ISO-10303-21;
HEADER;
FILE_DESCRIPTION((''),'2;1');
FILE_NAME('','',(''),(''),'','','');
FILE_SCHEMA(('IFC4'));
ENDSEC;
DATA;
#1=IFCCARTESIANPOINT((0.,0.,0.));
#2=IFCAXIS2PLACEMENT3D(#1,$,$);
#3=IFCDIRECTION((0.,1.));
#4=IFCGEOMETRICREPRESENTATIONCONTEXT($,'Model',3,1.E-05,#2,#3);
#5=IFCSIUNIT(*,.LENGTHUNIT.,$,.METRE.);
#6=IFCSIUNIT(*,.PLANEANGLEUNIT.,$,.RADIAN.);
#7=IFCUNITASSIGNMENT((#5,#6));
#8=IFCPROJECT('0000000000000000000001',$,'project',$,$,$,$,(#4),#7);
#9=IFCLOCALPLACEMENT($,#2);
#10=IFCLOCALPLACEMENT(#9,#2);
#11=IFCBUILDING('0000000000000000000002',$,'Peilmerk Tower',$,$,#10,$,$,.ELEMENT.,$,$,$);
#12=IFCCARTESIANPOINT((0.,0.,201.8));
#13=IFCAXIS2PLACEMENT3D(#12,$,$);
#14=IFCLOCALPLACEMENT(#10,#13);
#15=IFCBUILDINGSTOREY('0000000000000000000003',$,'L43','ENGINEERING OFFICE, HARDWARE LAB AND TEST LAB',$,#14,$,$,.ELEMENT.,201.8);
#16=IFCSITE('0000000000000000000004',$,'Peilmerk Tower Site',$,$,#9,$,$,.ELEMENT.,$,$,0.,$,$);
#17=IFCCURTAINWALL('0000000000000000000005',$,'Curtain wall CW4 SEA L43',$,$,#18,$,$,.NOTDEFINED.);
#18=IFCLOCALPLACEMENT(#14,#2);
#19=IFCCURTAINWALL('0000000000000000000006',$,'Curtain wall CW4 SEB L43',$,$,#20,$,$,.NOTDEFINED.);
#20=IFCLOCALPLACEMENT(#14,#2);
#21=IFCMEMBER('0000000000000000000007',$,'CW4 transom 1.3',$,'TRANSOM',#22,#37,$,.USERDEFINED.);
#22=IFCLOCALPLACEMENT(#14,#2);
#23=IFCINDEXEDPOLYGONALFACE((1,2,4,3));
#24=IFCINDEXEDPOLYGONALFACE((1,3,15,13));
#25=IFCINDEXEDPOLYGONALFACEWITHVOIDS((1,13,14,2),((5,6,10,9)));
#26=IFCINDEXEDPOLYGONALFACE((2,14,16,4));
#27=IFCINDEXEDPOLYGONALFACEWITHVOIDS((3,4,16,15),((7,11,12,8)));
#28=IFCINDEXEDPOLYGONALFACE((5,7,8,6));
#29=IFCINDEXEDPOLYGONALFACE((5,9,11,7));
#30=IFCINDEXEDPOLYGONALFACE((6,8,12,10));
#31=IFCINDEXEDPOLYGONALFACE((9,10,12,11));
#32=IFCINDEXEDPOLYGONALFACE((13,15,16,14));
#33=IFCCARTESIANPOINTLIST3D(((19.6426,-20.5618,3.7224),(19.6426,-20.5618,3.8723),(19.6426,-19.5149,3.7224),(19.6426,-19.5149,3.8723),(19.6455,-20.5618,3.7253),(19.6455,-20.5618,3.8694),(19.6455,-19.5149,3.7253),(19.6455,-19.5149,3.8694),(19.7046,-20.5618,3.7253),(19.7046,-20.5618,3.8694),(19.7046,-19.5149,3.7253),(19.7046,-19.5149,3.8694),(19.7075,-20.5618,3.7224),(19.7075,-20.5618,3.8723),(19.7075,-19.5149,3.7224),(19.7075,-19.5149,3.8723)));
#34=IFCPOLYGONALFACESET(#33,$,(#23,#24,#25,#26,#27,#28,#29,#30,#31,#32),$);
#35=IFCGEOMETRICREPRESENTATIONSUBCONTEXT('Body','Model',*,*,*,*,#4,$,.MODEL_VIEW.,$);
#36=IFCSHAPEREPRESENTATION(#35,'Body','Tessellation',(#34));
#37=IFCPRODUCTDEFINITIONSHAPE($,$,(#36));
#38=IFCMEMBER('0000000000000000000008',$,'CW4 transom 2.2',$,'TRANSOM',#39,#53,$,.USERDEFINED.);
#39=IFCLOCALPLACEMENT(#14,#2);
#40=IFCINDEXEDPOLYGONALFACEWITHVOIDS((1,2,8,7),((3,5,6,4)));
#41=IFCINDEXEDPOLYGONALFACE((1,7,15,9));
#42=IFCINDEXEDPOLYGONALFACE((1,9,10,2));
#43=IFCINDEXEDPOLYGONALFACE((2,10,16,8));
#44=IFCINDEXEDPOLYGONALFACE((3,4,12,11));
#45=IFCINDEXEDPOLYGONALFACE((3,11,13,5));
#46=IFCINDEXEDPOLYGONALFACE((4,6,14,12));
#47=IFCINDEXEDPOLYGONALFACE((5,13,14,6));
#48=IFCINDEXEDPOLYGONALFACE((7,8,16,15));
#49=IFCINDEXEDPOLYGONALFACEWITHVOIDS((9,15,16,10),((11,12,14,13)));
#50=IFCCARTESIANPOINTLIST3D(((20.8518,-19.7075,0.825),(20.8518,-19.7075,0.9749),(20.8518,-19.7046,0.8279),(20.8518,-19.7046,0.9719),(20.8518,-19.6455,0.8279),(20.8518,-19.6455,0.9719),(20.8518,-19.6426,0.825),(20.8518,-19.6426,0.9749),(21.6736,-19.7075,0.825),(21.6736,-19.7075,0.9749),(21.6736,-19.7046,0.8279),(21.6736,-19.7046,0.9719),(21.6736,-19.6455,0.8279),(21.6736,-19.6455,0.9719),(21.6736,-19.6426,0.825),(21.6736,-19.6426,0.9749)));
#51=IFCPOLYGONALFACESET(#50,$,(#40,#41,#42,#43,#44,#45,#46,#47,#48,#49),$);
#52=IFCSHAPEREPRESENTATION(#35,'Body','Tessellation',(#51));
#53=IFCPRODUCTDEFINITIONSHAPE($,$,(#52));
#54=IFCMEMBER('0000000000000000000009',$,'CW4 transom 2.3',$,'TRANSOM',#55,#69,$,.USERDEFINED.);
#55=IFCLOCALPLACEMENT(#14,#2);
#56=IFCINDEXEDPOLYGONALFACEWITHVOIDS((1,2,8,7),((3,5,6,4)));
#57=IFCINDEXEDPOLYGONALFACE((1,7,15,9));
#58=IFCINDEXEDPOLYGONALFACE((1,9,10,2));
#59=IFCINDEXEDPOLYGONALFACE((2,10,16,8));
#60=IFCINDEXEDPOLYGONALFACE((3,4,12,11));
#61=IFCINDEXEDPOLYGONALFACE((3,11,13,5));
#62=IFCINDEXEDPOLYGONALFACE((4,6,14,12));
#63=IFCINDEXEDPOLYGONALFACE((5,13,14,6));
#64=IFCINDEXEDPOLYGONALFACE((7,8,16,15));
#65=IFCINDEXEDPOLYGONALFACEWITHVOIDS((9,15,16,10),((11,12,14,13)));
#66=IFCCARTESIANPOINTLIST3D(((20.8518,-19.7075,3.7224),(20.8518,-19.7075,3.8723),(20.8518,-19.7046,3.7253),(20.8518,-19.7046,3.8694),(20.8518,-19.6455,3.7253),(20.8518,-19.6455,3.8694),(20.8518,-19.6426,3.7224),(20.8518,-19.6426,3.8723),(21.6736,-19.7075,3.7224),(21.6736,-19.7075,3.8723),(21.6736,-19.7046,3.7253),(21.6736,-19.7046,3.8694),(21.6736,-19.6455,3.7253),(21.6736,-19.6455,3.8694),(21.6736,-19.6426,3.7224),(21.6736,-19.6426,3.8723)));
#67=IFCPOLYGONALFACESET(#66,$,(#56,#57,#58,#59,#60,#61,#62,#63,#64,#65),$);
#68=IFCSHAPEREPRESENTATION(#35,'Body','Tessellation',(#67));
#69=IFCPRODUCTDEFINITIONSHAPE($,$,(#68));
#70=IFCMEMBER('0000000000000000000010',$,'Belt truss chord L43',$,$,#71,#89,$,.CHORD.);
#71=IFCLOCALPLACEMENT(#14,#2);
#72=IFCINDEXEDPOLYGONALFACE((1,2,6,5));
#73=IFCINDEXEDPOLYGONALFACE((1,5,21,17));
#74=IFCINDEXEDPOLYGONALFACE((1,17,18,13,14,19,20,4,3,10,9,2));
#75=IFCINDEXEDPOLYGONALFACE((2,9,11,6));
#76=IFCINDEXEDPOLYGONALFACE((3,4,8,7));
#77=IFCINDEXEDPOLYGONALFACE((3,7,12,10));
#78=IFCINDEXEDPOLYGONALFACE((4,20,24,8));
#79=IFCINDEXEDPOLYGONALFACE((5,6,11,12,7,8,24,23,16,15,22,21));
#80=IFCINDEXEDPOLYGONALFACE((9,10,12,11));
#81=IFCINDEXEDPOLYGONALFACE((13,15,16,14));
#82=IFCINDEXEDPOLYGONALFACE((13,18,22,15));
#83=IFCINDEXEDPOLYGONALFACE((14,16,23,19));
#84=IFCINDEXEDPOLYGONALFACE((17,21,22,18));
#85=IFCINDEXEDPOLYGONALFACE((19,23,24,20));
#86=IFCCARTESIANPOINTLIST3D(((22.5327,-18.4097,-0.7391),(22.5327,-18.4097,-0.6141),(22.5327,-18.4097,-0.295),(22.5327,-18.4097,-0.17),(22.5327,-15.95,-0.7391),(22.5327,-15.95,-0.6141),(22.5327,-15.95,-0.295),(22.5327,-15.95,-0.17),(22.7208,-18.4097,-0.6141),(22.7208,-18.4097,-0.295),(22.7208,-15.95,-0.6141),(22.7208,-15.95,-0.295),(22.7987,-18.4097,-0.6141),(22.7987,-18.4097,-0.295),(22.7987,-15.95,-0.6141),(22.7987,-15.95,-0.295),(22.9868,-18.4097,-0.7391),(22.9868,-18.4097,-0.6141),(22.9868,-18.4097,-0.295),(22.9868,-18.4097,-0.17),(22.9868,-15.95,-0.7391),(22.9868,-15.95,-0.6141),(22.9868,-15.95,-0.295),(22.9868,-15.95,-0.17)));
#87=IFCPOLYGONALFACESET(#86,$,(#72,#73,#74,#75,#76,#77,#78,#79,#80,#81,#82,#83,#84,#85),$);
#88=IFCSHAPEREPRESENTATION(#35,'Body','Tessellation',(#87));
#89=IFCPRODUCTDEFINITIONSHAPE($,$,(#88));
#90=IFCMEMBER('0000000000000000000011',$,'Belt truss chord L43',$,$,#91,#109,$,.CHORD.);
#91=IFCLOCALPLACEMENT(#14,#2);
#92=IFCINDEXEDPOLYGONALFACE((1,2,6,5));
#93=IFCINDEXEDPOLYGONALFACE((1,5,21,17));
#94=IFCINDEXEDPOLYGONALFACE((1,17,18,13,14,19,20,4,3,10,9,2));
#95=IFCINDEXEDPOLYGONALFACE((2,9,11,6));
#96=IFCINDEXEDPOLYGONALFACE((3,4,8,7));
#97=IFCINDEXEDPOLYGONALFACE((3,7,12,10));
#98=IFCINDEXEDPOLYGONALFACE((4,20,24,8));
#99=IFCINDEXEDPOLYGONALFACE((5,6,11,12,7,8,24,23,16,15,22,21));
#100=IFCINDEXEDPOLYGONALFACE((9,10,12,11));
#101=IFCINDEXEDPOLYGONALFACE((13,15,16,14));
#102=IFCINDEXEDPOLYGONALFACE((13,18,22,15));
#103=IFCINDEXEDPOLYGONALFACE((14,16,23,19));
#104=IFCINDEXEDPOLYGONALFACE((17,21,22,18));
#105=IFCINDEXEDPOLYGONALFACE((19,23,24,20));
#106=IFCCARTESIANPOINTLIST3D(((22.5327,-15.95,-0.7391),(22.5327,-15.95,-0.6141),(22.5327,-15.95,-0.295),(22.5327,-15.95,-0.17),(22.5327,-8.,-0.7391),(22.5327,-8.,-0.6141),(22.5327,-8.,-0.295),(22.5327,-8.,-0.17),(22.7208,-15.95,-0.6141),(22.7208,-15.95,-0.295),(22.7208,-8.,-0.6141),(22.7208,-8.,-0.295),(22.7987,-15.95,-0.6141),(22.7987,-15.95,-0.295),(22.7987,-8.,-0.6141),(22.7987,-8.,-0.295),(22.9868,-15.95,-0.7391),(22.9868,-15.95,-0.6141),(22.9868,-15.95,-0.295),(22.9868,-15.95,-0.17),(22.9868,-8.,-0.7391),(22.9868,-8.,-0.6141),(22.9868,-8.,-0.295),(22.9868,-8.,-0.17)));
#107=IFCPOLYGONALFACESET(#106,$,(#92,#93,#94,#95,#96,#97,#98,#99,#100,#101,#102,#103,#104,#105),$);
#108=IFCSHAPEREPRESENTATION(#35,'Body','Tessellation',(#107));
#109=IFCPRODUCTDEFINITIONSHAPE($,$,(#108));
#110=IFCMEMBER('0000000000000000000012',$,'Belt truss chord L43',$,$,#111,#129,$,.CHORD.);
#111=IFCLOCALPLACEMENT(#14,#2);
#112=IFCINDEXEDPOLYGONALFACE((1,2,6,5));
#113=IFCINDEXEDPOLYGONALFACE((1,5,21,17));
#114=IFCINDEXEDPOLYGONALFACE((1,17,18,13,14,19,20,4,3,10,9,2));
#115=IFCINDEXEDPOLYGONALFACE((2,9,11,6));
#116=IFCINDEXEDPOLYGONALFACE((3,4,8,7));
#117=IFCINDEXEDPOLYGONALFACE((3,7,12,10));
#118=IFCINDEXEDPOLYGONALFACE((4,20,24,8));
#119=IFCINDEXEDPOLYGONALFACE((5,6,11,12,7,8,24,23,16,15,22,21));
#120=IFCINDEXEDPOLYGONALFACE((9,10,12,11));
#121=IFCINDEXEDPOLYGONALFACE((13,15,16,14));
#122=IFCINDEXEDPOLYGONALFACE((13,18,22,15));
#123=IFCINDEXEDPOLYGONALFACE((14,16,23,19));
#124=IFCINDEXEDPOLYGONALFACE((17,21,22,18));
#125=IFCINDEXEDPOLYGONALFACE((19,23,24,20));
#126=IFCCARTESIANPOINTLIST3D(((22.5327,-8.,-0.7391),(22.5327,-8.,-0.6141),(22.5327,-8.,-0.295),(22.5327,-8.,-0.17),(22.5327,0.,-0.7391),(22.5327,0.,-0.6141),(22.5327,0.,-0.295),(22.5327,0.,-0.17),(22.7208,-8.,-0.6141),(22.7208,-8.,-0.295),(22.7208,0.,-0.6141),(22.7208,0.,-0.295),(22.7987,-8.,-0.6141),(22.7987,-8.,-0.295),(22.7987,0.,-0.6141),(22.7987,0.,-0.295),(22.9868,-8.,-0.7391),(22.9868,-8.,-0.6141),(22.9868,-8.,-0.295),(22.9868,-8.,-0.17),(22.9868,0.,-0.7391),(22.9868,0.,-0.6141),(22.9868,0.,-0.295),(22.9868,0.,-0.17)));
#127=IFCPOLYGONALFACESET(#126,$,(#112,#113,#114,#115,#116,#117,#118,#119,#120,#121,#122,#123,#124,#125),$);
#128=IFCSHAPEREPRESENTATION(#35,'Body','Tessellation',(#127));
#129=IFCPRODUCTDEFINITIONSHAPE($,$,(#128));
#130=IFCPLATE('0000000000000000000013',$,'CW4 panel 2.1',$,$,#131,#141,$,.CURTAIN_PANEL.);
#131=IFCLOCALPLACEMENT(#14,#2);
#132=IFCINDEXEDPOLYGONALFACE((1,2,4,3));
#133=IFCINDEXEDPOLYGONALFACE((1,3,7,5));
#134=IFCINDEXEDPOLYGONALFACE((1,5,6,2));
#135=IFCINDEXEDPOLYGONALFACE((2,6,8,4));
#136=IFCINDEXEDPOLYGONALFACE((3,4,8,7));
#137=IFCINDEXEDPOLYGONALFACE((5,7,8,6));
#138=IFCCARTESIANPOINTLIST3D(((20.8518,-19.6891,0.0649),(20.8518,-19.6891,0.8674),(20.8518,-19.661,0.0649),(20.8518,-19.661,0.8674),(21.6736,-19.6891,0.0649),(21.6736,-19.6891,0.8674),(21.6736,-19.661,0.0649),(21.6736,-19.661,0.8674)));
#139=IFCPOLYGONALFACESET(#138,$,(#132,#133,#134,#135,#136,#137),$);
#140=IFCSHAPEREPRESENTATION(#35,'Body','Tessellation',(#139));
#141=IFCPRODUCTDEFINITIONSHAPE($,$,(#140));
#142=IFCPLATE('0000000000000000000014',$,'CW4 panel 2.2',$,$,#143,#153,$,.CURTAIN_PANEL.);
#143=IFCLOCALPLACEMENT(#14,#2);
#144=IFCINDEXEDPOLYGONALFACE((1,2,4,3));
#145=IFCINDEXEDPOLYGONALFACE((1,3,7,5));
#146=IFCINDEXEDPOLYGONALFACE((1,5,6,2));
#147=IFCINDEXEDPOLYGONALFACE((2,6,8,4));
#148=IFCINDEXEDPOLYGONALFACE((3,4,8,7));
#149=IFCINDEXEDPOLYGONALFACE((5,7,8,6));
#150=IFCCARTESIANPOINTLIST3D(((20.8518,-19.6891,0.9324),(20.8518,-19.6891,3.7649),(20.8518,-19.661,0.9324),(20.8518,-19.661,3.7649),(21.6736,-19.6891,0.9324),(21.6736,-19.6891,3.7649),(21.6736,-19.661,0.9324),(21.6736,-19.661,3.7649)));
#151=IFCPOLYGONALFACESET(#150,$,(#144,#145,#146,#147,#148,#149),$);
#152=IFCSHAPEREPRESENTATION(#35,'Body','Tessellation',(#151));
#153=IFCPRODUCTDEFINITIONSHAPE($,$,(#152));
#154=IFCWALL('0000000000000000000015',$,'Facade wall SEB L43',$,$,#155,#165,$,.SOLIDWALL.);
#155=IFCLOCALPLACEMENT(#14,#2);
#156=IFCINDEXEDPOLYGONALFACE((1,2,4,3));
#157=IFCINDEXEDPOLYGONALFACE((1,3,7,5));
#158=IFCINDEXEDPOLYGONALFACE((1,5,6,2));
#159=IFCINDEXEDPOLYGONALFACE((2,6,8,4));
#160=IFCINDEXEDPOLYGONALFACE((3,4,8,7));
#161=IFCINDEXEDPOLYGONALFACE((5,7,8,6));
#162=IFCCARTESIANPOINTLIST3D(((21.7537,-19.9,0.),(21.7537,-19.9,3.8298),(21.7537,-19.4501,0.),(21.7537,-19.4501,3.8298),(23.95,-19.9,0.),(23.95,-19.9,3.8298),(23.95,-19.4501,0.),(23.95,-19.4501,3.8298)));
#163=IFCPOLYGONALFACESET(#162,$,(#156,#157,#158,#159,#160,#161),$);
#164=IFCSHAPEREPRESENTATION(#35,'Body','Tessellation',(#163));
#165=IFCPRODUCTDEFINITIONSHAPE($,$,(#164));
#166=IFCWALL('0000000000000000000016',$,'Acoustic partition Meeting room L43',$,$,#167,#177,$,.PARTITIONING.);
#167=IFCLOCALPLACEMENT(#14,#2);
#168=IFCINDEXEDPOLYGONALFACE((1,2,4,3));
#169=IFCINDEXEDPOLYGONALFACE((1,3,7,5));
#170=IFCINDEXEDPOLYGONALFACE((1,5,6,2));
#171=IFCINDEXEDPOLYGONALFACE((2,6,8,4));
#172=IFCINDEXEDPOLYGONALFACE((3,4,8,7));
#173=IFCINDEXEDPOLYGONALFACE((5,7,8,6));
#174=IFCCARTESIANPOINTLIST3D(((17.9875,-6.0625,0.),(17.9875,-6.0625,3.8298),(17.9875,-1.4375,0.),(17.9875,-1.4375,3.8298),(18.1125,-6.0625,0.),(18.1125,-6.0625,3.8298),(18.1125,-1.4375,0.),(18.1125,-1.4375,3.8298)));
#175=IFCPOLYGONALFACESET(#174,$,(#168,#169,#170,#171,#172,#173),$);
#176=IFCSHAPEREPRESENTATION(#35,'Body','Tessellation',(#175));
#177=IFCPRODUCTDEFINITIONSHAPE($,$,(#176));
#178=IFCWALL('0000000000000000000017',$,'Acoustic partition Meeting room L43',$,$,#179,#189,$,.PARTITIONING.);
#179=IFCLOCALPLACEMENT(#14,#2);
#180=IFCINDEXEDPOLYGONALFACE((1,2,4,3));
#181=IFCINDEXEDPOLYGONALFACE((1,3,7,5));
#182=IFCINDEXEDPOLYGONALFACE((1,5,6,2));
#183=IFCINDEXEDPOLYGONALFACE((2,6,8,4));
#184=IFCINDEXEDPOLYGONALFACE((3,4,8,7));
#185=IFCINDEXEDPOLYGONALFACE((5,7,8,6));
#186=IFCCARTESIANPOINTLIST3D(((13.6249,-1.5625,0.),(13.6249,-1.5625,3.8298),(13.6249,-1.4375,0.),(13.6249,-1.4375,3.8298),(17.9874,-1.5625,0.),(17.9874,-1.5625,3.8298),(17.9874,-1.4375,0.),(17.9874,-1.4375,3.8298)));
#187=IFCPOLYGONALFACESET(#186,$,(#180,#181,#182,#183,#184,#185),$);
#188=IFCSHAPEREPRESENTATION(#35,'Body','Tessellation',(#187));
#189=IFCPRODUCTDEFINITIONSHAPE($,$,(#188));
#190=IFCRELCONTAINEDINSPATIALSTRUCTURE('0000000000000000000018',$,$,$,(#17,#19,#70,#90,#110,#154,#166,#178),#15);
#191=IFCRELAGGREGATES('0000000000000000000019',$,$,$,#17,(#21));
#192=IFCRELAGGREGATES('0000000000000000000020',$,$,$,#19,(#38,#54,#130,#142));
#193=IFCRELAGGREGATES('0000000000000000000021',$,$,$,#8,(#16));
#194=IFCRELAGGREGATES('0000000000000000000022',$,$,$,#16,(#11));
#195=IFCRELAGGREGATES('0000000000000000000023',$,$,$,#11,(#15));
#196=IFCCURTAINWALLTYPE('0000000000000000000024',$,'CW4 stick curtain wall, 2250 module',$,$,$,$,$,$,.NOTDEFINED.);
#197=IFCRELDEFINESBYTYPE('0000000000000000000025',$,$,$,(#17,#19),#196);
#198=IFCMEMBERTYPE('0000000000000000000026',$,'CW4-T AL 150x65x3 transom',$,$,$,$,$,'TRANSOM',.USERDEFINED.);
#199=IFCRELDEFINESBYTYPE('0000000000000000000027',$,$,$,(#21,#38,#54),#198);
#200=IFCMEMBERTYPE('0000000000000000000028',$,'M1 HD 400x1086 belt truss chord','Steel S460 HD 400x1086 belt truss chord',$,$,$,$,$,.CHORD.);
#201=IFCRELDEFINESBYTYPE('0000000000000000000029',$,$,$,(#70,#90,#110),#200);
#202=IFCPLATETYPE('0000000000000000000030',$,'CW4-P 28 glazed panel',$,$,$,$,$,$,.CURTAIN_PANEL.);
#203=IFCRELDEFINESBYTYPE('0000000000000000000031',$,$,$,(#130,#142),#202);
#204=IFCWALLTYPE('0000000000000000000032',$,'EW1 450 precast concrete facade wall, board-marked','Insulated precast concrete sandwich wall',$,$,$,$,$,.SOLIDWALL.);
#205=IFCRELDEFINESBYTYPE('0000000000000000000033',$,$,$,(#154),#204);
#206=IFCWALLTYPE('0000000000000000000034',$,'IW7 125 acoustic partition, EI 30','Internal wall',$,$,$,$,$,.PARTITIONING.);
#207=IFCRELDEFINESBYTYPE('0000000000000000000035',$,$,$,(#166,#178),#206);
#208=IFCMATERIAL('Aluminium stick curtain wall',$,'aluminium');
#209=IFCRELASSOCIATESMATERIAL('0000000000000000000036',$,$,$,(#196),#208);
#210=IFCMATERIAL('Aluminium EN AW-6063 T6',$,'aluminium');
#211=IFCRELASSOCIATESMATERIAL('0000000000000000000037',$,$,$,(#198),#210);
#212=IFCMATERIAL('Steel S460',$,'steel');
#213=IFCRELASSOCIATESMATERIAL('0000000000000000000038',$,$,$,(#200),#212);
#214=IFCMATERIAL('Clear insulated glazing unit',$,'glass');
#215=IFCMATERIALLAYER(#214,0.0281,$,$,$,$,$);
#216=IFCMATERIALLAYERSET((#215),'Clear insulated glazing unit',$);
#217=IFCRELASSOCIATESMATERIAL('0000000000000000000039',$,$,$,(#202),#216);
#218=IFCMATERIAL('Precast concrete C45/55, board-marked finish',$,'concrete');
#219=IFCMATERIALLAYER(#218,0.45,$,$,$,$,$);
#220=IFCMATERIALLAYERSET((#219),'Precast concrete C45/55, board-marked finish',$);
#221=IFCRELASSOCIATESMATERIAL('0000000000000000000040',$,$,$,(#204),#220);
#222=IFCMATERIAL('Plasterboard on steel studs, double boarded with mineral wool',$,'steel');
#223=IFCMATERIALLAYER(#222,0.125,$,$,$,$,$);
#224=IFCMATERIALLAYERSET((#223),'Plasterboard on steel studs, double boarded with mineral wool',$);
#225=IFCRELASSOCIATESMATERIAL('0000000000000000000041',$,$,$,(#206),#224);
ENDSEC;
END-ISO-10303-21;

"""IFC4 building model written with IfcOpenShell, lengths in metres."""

from ifc_helpers import new_model, si_unit, direction, frame, frame_2d, origin, origin_2d, place, context, subcontext, project, spatial, rectangle, hollow_rectangle, i_section, extrude, material, layer, layer_set, material_profile, profile_set, type_object, element, aggregate, save


model = new_model("IFC4")

# Units and contexts
model_context = context("Model", 3, precision=1e-05, world=origin(), true_north=direction((0.0, 1.0)))
body_context = subcontext(model_context, "Body", "Model", "MODEL_VIEW")
ifc_project = project(units=[si_unit("LENGTHUNIT", "METRE"), si_unit("PLANEANGLEUNIT", "RADIAN")], contexts=[model_context])

# Site, building, storey
site_placement = place(None, origin())
site = spatial("IfcSite", under=ifc_project, at=site_placement, Name="Peilmerk Tower Site", CompositionType="ELEMENT", RefElevation=0.0)
building_placement = place(site_placement, origin())
building = spatial("IfcBuilding", under=site, at=building_placement, Name="Peilmerk Tower", CompositionType="ELEMENT")
storey_placement = place(building_placement, frame((0.0, 0.0, 201.8)))
storey = spatial("IfcBuildingStorey", under=building, at=storey_placement, Name="L43", Description="ENGINEERING OFFICE, HARDWARE LAB AND TEST LAB", CompositionType="ELEMENT", Elevation=201.8)

# Shared definitions
ifc_material_1 = material(Name="Steel S460", Category="steel")

# Curtain walls
ifc_material_2 = material(Name="Aluminium stick curtain wall", Category="aluminium")
curtain_wall_type = type_object("IfcCurtainWallType", Name="CW4 stick curtain wall, 2250 module", PredefinedType="NOTDEFINED", material=ifc_material_2)
curtain_wall_1_placement = place(storey_placement, origin())
curtain_wall_1 = element("IfcCurtainWall", 1, at=curtain_wall_1_placement, inside=storey, type_object=curtain_wall_type, Name="Curtain wall CW4 SEA L43", PredefinedType="NOTDEFINED")
ifc_material_3 = material(Name="Aluminium EN AW-6063 T6", Category="aluminium")
curtain_wall_2_placement = place(storey_placement, origin())
curtain_wall_2 = element("IfcCurtainWall", 2, at=curtain_wall_2_placement, inside=storey, type_object=curtain_wall_type, Name="Curtain wall CW4 SEB L43", PredefinedType="NOTDEFINED")

# Members
ifc_material_profile_1 = material_profile(ifc_material_3, hollow_rectangle(XDim=0.0649, YDim=0.1499, WallThickness=0.0029, at=origin_2d()), Name="AL 150x65x3")
ifc_profile_set_1 = profile_set([ifc_material_profile_1], Name="Aluminium EN AW-6063 T6")
member_type_1 = type_object("IfcMemberType", Name="CW4-T AL 150x65x3 transom", ElementType="TRANSOM", PredefinedType="USERDEFINED", material=ifc_profile_set_1)
member_1_placement = place(storey_placement, frame((19.675, -19.5149, 3.7974), z_axis=(0.0, -1.0, 0.0), x_axis=(1.0, 0.0, 0.0)))
member_1 = element("IfcMember", 3, at=member_1_placement, type_object=member_type_1, Name="CW4 transom 1.3", ObjectType="TRANSOM", PredefinedType="USERDEFINED", context=body_context, shape_type="SweptSolid", body=[
    extrude(hollow_rectangle(XDim=0.0649, YDim=0.1499, WallThickness=0.0029, at=origin_2d()), origin(), (0.0, 0.0, 1.0), 1.0469),
])
aggregate(curtain_wall_1, [member_1])
member_2_placement = place(storey_placement, frame((20.8518, -19.675, 0.8999), z_axis=(1.0, 0.0, 0.0), x_axis=(0.0, 1.0, 0.0)))
member_2 = element("IfcMember", 4, at=member_2_placement, type_object=member_type_1, Name="CW4 transom 2.2", ObjectType="TRANSOM", PredefinedType="USERDEFINED", context=body_context, shape_type="SweptSolid", body=[
    extrude(hollow_rectangle(XDim=0.0649, YDim=0.1499, WallThickness=0.0029, at=origin_2d()), origin(), (0.0, 0.0, 1.0), 0.8218),
])
member_3_placement = place(storey_placement, frame((20.8518, -19.675, 3.7974), z_axis=(1.0, 0.0, 0.0), x_axis=(0.0, 1.0, 0.0)))
member_3 = element("IfcMember", 5, at=member_3_placement, type_object=member_type_1, Name="CW4 transom 2.3", ObjectType="TRANSOM", PredefinedType="USERDEFINED", context=body_context, shape_type="SweptSolid", body=[
    extrude(hollow_rectangle(XDim=0.0649, YDim=0.1499, WallThickness=0.0029, at=origin_2d()), origin(), (0.0, 0.0, 1.0), 0.8218),
])

# Members
ifc_material_profile_2 = material_profile(ifc_material_1, i_section(OverallWidth=0.4541, OverallDepth=0.5691, WebThickness=0.0779, FlangeThickness=0.125, at=origin_2d()), Name="HD 400x1086")
ifc_profile_set_2 = profile_set([ifc_material_profile_2], Name="Steel S460")
member_type_2 = type_object("IfcMemberType", Name="M1 HD 400x1086 belt truss chord", Description="Steel S460 HD 400x1086 belt truss chord", PredefinedType="CHORD", material=ifc_profile_set_2)
member_4_placement = place(storey_placement, frame((22.7598, -18.4097, -0.4546), z_axis=(0.0, 1.0, 0.0), x_axis=(-1.0, 0.0, 0.0)))
element("IfcMember", 6, at=member_4_placement, inside=storey, type_object=member_type_2, Name="Belt truss chord L43", PredefinedType="CHORD", context=body_context, shape_type="SweptSolid", body=[
    extrude(i_section(OverallWidth=0.4541, OverallDepth=0.5691, WebThickness=0.0779, FlangeThickness=0.125, at=origin_2d()), origin(), (0.0, 0.0, 1.0), 2.4597),
])
member_5_placement = place(storey_placement, frame((22.7598, -15.95, -0.4546), z_axis=(0.0, 1.0, 0.0), x_axis=(-1.0, 0.0, 0.0)))
element("IfcMember", 7, at=member_5_placement, inside=storey, type_object=member_type_2, Name="Belt truss chord L43", PredefinedType="CHORD", context=body_context, shape_type="SweptSolid", body=[
    extrude(i_section(OverallWidth=0.4541, OverallDepth=0.5691, WebThickness=0.0779, FlangeThickness=0.125, at=origin_2d()), origin(), (0.0, 0.0, 1.0), 7.95),
])
member_6_placement = place(storey_placement, frame((22.7598, -8.0, -0.4546), z_axis=(0.0, 1.0, 0.0), x_axis=(-1.0, 0.0, 0.0)))
element("IfcMember", 8, at=member_6_placement, inside=storey, type_object=member_type_2, Name="Belt truss chord L43", PredefinedType="CHORD", context=body_context, shape_type="SweptSolid", body=[
    extrude(i_section(OverallWidth=0.4541, OverallDepth=0.5691, WebThickness=0.0779, FlangeThickness=0.125, at=origin_2d()), origin(), (0.0, 0.0, 1.0), 8.0),
])

# Plates
ifc_material_4 = material(Name="Clear insulated glazing unit", Category="glass")
ifc_layer_1 = layer(ifc_material_4, 0.0281)
ifc_layer_set_1 = layer_set([ifc_layer_1], Name="Clear insulated glazing unit")
plate_type = type_object("IfcPlateType", Name="CW4-P 28 glazed panel", PredefinedType="CURTAIN_PANEL", material=ifc_layer_set_1)
plate_1_placement = place(storey_placement, frame((21.2627, -19.675, 0.0649), z_axis=(0.0, 0.0, 1.0), x_axis=(1.0, 0.0, 0.0)))
plate_1 = element("IfcPlate", 9, at=plate_1_placement, type_object=plate_type, Name="CW4 panel 2.1", PredefinedType="CURTAIN_PANEL", context=body_context, shape_type="SweptSolid", body=[
    extrude(rectangle(XDim=0.8218, YDim=0.0281, at=origin_2d()), origin(), (0.0, 0.0, 1.0), 0.8025),
])
plate_2_placement = place(storey_placement, frame((21.2627, -19.675, 0.9324), z_axis=(0.0, 0.0, 1.0), x_axis=(1.0, 0.0, 0.0)))
plate_2 = element("IfcPlate", 10, at=plate_2_placement, type_object=plate_type, Name="CW4 panel 2.2", PredefinedType="CURTAIN_PANEL", context=body_context, shape_type="SweptSolid", body=[
    extrude(rectangle(XDim=0.8218, YDim=0.0281, at=origin_2d()), origin(), (0.0, 0.0, 1.0), 2.8325),
])
aggregate(curtain_wall_2, [member_2, member_3, plate_1, plate_2])

# Walls
ifc_material_5 = material(Name="Precast concrete C45/55, board-marked finish", Category="concrete")
ifc_layer_2 = layer(ifc_material_5, 0.45)
ifc_layer_set_2 = layer_set([ifc_layer_2], Name="Precast concrete C45/55, board-marked finish")
wall_type_1 = type_object("IfcWallType", Name="EW1 450 precast concrete facade wall, board-marked", Description="Insulated precast concrete sandwich wall", PredefinedType="SOLIDWALL", material=ifc_layer_set_2)
wall_1_placement = place(storey_placement, frame((21.7537, -19.675, 0.0), z_axis=(0.0, 0.0, 1.0), x_axis=(1.0, 0.0, 0.0)))
element("IfcWall", 11, at=wall_1_placement, inside=storey, type_object=wall_type_1, Name="Facade wall SEB L43", PredefinedType="SOLIDWALL", context=body_context, shape_type="SweptSolid", body=[
    extrude(rectangle(XDim=2.1963, YDim=0.45, at=frame_2d((1.0981, 0.0))), origin(), (0.0, 0.0, 1.0), 3.8298),
])
ifc_material_6 = material(Name="Plasterboard on steel studs, double boarded with mineral wool", Category="steel")
ifc_layer_3 = layer(ifc_material_6, 0.125)
ifc_layer_set_3 = layer_set([ifc_layer_3], Name="Plasterboard on steel studs, double boarded with mineral wool")
wall_type_2 = type_object("IfcWallType", Name="IW7 125 acoustic partition, EI 30", Description="Internal wall", PredefinedType="PARTITIONING", material=ifc_layer_set_3)
wall_2_placement = place(storey_placement, frame((18.05, -6.0625, 0.0), z_axis=(0.0, 0.0, 1.0), x_axis=(0.0, 1.0, 0.0)))
element("IfcWall", 12, at=wall_2_placement, inside=storey, type_object=wall_type_2, Name="Acoustic partition Meeting room L43", PredefinedType="PARTITIONING", context=body_context, shape_type="SweptSolid", body=[
    extrude(rectangle(XDim=4.625, YDim=0.125, at=frame_2d((2.3125, 0.0))), origin(), (0.0, 0.0, 1.0), 3.8298),
])
wall_3_placement = place(storey_placement, frame((13.625, -1.5, 0.0), z_axis=(0.0, 0.0, 1.0), x_axis=(1.0, 0.0, 0.0)))
element("IfcWall", 13, at=wall_3_placement, inside=storey, type_object=wall_type_2, Name="Acoustic partition Meeting room L43", PredefinedType="PARTITIONING", context=body_context, shape_type="SweptSolid", body=[
    extrude(rectangle(XDim=4.3625, YDim=0.125, at=frame_2d((2.1812, 0.0))), origin(), (0.0, 0.0, 1.0), 3.8298),
])

save(model, "model.ifc")
